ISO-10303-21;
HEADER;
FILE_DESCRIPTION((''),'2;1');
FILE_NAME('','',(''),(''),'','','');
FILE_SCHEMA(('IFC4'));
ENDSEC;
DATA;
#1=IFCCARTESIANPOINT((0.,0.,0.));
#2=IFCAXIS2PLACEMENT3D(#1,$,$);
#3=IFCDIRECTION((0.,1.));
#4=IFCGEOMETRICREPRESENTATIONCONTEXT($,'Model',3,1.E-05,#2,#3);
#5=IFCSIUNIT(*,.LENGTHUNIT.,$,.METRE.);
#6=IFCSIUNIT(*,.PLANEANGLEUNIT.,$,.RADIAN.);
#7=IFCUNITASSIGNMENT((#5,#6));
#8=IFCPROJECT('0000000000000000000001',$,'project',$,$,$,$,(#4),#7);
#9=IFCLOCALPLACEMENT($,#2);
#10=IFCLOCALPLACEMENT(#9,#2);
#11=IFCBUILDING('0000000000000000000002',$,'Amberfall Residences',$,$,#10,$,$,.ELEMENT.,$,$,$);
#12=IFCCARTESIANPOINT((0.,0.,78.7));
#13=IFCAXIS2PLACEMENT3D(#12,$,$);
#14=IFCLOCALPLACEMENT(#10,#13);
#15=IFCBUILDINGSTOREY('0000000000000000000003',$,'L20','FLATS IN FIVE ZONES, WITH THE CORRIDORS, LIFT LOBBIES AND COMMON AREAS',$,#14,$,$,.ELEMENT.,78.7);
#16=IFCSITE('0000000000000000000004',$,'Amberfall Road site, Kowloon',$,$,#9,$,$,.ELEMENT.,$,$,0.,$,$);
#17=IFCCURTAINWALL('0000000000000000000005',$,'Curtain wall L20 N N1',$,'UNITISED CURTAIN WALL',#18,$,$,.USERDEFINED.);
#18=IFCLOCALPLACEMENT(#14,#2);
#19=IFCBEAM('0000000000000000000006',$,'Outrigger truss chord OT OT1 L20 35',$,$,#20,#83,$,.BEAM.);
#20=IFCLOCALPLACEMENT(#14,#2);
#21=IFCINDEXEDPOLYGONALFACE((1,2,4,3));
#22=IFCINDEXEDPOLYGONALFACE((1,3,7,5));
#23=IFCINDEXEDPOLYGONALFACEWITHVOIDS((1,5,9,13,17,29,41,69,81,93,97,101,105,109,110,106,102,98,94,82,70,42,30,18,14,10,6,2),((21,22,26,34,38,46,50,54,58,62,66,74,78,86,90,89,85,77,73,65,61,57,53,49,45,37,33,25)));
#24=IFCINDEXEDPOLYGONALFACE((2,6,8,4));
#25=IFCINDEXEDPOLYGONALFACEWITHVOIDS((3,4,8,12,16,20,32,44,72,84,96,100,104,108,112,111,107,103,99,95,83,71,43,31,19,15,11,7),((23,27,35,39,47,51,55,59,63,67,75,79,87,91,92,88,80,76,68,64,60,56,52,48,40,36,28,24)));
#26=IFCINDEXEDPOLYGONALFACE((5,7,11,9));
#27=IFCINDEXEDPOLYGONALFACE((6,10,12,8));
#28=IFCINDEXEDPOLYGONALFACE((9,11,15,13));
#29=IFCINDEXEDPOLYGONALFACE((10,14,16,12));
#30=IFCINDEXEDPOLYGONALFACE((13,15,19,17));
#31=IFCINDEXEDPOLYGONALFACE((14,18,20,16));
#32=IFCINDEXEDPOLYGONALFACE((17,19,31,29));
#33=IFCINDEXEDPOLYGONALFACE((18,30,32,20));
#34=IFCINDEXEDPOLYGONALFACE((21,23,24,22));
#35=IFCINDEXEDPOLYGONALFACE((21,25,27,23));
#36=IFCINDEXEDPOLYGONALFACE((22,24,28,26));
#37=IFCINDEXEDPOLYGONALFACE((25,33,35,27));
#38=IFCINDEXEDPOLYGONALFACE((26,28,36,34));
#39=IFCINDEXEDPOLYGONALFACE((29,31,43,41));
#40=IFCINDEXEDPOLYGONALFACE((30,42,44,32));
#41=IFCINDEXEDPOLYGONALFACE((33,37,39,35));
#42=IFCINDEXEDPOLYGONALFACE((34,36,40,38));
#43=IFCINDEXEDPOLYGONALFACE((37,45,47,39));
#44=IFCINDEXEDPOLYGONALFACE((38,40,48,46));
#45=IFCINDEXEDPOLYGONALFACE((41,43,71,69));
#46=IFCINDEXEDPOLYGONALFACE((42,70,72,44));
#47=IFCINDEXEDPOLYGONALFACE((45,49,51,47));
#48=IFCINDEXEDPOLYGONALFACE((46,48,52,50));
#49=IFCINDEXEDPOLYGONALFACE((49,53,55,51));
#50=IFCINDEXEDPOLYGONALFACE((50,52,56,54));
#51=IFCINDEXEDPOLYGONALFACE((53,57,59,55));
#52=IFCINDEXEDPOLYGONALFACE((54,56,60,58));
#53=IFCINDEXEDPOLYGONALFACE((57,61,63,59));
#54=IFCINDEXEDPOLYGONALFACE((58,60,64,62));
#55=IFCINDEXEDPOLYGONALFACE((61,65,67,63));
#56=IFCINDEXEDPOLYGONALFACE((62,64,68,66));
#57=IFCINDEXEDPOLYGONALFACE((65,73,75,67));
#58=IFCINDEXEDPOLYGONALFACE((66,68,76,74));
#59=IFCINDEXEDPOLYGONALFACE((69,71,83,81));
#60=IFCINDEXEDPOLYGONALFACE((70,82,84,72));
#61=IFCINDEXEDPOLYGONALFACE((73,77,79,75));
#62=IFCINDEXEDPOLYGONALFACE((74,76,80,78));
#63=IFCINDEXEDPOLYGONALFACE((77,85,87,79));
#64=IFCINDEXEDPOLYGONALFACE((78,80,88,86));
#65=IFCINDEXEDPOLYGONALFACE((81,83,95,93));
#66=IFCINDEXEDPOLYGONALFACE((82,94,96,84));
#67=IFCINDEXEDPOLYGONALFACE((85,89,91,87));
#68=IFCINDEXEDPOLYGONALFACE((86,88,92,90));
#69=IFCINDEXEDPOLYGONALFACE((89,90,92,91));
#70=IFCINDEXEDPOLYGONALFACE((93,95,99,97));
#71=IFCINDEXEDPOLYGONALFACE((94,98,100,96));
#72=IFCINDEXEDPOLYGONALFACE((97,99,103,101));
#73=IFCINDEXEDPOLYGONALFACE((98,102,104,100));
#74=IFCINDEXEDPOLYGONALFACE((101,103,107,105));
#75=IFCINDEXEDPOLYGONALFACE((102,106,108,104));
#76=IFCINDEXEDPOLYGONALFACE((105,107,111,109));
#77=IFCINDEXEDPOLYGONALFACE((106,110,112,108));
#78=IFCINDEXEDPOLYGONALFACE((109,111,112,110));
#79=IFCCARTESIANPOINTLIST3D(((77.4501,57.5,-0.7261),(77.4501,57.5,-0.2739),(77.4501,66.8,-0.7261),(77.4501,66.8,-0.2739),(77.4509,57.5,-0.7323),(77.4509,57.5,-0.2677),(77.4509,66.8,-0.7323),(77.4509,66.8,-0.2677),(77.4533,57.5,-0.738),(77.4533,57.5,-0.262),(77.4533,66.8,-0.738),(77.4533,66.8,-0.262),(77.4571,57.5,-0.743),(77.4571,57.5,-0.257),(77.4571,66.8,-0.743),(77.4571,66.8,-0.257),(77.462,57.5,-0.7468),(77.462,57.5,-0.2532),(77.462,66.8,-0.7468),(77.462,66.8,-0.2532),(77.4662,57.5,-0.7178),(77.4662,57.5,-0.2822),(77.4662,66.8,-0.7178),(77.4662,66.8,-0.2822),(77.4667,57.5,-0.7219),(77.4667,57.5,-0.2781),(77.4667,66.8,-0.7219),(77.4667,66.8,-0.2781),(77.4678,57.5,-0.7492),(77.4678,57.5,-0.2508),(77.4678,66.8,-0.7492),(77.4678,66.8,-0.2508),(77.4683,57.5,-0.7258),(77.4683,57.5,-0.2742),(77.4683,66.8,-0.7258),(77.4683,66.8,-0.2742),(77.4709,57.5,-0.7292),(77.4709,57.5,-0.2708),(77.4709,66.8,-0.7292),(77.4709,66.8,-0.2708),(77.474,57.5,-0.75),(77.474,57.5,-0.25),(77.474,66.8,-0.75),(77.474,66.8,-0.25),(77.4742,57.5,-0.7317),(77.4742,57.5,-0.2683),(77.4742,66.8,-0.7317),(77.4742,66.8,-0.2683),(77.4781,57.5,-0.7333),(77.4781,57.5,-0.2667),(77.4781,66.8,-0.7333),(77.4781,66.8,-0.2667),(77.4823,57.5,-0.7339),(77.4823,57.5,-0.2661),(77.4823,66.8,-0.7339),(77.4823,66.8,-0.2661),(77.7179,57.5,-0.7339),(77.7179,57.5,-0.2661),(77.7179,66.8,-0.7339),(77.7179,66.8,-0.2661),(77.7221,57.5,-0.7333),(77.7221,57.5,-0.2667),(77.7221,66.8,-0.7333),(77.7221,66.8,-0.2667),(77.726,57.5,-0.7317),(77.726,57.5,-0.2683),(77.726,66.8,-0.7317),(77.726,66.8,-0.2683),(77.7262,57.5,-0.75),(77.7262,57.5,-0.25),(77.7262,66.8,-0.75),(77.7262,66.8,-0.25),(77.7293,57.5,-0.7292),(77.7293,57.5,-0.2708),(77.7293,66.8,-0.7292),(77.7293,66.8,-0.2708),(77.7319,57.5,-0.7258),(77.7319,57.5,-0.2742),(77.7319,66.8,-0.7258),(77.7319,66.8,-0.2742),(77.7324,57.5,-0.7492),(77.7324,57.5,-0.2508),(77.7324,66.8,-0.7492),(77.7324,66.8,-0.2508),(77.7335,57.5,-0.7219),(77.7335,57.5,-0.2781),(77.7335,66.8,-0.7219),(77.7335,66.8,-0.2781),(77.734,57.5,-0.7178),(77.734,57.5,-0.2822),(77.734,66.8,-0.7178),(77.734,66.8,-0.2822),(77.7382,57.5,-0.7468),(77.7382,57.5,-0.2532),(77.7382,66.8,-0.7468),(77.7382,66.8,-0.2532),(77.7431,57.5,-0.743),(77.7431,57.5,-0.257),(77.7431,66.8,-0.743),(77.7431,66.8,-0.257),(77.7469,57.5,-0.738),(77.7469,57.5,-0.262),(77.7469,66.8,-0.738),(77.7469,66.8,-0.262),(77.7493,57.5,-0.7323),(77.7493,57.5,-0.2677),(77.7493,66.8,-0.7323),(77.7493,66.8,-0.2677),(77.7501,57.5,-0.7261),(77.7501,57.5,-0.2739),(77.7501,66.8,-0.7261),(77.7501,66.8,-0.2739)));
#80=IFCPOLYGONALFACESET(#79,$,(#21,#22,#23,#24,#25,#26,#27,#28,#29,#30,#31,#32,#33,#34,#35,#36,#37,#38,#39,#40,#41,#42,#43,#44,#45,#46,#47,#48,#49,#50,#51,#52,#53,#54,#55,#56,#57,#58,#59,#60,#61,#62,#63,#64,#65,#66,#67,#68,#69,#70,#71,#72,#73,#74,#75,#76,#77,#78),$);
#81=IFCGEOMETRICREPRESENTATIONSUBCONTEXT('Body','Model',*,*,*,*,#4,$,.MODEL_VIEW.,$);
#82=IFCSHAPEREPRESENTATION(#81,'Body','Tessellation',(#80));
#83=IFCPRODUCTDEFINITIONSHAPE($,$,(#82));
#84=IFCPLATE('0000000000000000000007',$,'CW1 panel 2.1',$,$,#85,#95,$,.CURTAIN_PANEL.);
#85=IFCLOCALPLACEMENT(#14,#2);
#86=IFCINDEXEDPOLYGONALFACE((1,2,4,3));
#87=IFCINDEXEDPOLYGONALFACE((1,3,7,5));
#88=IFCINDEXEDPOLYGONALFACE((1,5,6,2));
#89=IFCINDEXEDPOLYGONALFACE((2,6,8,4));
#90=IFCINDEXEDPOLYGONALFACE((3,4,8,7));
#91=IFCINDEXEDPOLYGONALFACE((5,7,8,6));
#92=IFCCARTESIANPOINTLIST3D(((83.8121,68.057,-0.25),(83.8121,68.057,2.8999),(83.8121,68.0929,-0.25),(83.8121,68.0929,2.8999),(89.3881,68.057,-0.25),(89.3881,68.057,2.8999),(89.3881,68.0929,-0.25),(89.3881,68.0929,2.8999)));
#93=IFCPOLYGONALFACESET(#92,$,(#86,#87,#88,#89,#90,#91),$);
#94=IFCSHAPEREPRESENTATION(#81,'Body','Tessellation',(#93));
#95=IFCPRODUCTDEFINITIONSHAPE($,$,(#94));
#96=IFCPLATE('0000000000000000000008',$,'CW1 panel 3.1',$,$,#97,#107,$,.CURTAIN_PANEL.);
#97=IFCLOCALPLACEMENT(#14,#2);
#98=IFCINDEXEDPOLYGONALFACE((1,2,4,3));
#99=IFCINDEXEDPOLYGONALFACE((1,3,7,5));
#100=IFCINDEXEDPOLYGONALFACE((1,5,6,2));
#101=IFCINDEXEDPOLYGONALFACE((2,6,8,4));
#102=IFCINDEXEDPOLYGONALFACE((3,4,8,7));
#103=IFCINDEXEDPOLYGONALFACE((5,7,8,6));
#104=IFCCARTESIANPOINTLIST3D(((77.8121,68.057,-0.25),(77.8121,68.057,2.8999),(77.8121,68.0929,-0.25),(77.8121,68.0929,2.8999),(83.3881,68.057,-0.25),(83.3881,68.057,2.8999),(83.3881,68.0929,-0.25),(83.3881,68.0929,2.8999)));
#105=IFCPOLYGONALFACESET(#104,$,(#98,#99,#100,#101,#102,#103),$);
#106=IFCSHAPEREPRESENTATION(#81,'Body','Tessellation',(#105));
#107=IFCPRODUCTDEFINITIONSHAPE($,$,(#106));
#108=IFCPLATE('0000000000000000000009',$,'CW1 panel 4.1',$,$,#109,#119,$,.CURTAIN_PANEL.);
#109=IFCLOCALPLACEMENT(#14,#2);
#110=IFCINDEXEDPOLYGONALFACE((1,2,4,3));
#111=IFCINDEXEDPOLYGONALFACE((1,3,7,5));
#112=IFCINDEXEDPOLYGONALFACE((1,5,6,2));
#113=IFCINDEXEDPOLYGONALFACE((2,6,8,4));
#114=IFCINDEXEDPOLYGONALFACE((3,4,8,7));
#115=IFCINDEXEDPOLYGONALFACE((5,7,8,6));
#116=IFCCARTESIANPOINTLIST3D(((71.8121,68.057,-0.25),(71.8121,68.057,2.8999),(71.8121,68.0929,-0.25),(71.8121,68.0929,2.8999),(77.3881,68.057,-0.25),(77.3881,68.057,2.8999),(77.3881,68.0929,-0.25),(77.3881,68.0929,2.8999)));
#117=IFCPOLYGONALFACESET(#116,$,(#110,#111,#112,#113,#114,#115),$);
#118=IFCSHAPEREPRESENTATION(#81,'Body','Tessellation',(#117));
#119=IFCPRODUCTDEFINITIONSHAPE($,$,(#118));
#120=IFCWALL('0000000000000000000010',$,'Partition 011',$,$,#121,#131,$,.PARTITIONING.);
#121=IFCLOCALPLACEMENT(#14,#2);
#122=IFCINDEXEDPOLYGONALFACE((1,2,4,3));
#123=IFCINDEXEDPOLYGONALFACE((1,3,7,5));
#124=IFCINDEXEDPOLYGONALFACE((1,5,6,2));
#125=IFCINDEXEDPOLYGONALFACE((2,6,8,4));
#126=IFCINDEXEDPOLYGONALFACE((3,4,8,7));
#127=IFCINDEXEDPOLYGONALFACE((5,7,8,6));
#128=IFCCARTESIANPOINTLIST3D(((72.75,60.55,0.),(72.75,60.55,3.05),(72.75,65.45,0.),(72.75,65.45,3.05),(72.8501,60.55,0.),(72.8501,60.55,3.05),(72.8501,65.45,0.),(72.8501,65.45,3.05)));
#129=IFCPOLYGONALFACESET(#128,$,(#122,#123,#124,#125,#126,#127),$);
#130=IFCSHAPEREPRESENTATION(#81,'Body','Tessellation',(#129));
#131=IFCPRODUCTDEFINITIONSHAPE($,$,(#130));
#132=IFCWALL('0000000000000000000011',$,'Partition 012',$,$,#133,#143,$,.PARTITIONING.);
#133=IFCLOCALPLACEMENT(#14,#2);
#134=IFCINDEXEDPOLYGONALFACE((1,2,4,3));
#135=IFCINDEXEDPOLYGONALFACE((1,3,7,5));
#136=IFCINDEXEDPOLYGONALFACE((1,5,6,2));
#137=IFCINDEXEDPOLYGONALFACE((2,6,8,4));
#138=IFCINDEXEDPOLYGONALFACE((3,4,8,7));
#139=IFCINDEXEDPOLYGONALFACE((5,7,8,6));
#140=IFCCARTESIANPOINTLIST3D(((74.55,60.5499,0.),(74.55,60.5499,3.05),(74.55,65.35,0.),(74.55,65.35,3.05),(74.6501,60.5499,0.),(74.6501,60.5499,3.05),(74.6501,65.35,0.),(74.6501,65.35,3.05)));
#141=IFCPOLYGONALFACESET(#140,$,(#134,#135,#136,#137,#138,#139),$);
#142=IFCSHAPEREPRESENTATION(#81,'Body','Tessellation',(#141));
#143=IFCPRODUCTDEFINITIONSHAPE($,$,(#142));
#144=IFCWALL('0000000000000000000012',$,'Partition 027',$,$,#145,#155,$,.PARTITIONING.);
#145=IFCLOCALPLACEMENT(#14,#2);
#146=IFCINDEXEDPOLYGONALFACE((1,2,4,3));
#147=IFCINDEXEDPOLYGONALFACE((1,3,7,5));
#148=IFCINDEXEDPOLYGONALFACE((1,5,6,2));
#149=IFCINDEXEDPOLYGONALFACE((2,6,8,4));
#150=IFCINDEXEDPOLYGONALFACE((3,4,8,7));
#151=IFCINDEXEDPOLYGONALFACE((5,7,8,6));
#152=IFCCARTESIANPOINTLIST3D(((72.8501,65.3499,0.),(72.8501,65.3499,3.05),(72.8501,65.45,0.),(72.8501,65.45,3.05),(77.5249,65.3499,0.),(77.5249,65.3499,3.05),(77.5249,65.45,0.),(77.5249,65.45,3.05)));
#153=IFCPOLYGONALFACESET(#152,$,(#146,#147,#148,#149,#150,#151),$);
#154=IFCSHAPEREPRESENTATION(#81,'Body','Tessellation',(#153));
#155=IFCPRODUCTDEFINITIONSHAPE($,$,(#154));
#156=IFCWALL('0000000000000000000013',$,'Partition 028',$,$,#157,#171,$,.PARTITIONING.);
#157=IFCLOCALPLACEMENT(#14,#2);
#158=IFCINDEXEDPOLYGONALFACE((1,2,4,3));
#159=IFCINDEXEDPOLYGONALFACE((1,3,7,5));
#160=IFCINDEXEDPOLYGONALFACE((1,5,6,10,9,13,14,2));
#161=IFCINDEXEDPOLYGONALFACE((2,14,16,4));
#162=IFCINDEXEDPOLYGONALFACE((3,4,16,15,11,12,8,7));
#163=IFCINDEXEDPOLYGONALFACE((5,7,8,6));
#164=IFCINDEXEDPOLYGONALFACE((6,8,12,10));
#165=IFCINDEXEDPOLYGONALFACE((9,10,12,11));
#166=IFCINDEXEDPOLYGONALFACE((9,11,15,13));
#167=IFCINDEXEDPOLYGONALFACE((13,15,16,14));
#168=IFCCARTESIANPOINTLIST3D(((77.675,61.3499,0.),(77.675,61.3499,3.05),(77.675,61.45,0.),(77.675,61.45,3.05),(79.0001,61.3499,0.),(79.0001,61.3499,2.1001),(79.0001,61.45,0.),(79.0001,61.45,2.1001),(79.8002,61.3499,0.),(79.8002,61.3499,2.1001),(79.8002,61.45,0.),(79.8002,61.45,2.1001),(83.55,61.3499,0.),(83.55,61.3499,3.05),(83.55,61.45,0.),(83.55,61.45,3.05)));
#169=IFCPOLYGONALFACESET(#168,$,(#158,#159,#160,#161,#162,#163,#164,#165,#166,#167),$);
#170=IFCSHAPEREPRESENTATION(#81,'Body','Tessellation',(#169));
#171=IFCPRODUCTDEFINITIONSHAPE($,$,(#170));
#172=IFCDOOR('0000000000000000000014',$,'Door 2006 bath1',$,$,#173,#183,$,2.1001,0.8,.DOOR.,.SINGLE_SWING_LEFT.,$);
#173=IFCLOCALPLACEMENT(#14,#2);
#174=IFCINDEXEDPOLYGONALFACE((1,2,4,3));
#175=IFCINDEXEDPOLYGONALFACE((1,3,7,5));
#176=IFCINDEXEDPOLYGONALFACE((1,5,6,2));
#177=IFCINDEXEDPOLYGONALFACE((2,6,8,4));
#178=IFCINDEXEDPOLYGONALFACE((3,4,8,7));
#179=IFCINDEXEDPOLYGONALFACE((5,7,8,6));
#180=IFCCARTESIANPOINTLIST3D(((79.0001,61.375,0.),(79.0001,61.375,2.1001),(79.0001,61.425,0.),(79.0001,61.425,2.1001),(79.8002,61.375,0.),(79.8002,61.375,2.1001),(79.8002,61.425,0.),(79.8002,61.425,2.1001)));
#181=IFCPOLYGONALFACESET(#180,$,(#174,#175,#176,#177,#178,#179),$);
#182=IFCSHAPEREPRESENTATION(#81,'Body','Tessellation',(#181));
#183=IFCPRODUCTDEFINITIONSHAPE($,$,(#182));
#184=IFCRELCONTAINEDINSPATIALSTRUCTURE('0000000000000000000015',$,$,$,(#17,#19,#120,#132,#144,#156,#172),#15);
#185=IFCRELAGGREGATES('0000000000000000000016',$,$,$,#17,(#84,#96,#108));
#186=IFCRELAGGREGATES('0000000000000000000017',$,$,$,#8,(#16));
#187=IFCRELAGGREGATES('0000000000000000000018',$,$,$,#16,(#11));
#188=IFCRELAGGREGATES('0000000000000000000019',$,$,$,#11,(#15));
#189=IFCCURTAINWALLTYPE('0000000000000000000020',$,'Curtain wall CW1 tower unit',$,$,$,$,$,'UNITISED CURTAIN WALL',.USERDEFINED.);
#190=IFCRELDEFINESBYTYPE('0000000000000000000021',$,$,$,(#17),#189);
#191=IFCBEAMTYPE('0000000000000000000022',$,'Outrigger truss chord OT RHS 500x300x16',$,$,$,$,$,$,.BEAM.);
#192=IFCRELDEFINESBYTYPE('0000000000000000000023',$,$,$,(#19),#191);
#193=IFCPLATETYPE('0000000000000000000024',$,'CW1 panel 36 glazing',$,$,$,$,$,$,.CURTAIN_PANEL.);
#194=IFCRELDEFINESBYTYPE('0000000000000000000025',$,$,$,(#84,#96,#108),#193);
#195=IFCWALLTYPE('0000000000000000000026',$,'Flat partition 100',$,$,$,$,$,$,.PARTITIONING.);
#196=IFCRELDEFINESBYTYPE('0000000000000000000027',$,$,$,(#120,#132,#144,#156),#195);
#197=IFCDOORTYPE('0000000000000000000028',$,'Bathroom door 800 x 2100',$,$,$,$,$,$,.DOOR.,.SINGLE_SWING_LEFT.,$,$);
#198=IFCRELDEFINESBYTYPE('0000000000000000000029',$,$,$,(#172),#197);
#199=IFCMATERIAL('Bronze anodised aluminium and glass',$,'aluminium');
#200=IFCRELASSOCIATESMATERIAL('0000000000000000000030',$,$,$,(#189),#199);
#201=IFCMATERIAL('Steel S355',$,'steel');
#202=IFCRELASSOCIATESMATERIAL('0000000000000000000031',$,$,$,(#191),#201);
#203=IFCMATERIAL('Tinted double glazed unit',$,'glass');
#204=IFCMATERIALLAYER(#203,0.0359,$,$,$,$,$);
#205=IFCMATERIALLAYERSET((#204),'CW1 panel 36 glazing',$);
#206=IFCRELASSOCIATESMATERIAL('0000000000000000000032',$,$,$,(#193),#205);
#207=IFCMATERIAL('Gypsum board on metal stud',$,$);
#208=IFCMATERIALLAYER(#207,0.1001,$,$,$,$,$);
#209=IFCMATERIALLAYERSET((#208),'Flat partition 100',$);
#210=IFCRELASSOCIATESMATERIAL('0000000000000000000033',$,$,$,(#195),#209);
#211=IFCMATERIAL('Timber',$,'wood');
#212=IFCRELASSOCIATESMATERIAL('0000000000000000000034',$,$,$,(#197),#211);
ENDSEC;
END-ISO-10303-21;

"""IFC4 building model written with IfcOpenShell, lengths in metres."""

from ifc_helpers import new_model, si_unit, direction, frame, frame_2d, origin, origin_2d, place, context, subcontext, project, spatial, rectangle, hollow_rectangle, extrude, material, layer, layer_set, material_profile, profile_set, type_object, element, fill, aggregate, save


model = new_model("IFC4")

# Units and contexts
model_context = context("Model", 3, precision=1e-05, world=origin(), true_north=direction((0.0, 1.0)))
body_context = subcontext(model_context, "Body", "Model", "MODEL_VIEW")
ifc_project = project(units=[si_unit("LENGTHUNIT", "METRE"), si_unit("PLANEANGLEUNIT", "RADIAN")], contexts=[model_context])

# Site, building, storey
site_placement = place(None, origin())
site = spatial("IfcSite", under=ifc_project, at=site_placement, Name="Amberfall Road site, Kowloon", CompositionType="ELEMENT", RefElevation=0.0)
building_placement = place(site_placement, origin())
building = spatial("IfcBuilding", under=site, at=building_placement, Name="Amberfall Residences", CompositionType="ELEMENT")
storey_placement = place(building_placement, frame((0.0, 0.0, 78.7)))
storey = spatial("IfcBuildingStorey", under=building, at=storey_placement, Name="L20", Description="FLATS IN FIVE ZONES, WITH THE CORRIDORS, LIFT LOBBIES AND COMMON AREAS", CompositionType="ELEMENT", Elevation=78.7)

# Shared definitions
ifc_material_1 = material(Name="Steel S355", Category="steel")

# Curtain wall
ifc_material_2 = material(Name="Bronze anodised aluminium and glass", Category="aluminium")
curtain_wall_type = type_object("IfcCurtainWallType", Name="Curtain wall CW1 tower unit", ElementType="UNITISED CURTAIN WALL", PredefinedType="USERDEFINED", material=ifc_material_2)
curtain_wall_placement = place(storey_placement, origin())
curtain_wall = element("IfcCurtainWall", 1, at=curtain_wall_placement, inside=storey, type_object=curtain_wall_type, Name="Curtain wall L20 N N1", ObjectType="UNITISED CURTAIN WALL", PredefinedType="USERDEFINED")

# Beam
ifc_material_profile_1 = material_profile(ifc_material_1, hollow_rectangle(XDim=0.3, YDim=0.5, WallThickness=0.0161, InnerFilletRadius=0.0161, OuterFilletRadius=0.0239, at=origin_2d()), Name="RHS 500x300x16")
ifc_profile_set_1 = profile_set([ifc_material_profile_1], Name="Steel S355")
beam_type_1 = type_object("IfcBeamType", Name="Outrigger truss chord OT RHS 500x300x16", PredefinedType="BEAM", material=ifc_profile_set_1)
beam_1_placement = place(storey_placement, frame((77.6001, 66.8, -0.5), z_axis=(0.0, -1.0, 0.0), x_axis=(1.0, 0.0, 0.0)))
element("IfcBeam", 2, at=beam_1_placement, inside=storey, type_object=beam_type_1, Name="Outrigger truss chord OT OT1 L20 35", PredefinedType="BEAM", context=body_context, shape_type="SweptSolid", body=[
    extrude(hollow_rectangle(XDim=0.3, YDim=0.5, WallThickness=0.0161, InnerFilletRadius=0.0161, OuterFilletRadius=0.0239, at=origin_2d()), origin(), (0.0, 0.0, 1.0), 9.3),
])

# Plates
ifc_material_3 = material(Name="Tinted double glazed unit", Category="glass")
ifc_layer_1 = layer(ifc_material_3, 0.0359)
ifc_layer_set_1 = layer_set([ifc_layer_1], Name="CW1 panel 36 glazing")
plate_type = type_object("IfcPlateType", Name="CW1 panel 36 glazing", PredefinedType="CURTAIN_PANEL", material=ifc_layer_set_1)
plate_1_placement = place(storey_placement, frame((86.6001, 68.075, -0.25), z_axis=(0.0, 0.0, 1.0), x_axis=(-1.0, 0.0, 0.0)))
plate_1 = element("IfcPlate", 3, at=plate_1_placement, type_object=plate_type, Name="CW1 panel 2.1", PredefinedType="CURTAIN_PANEL", context=body_context, shape_type="SweptSolid", body=[
    extrude(rectangle(XDim=5.5759, YDim=0.0359, at=origin_2d()), origin(), (0.0, 0.0, 1.0), 3.1499),
])
plate_2_placement = place(storey_placement, frame((80.6001, 68.075, -0.25), z_axis=(0.0, 0.0, 1.0), x_axis=(-1.0, 0.0, 0.0)))
plate_2 = element("IfcPlate", 4, at=plate_2_placement, type_object=plate_type, Name="CW1 panel 3.1", PredefinedType="CURTAIN_PANEL", context=body_context, shape_type="SweptSolid", body=[
    extrude(rectangle(XDim=5.5759, YDim=0.0359, at=origin_2d()), origin(), (0.0, 0.0, 1.0), 3.1499),
])
plate_3_placement = place(storey_placement, frame((74.6001, 68.075, -0.25), z_axis=(0.0, 0.0, 1.0), x_axis=(-1.0, 0.0, 0.0)))
plate_3 = element("IfcPlate", 5, at=plate_3_placement, type_object=plate_type, Name="CW1 panel 4.1", PredefinedType="CURTAIN_PANEL", context=body_context, shape_type="SweptSolid", body=[
    extrude(rectangle(XDim=5.5759, YDim=0.0359, at=origin_2d()), origin(), (0.0, 0.0, 1.0), 3.1499),
])
aggregate(curtain_wall, [plate_1, plate_2, plate_3])

# Walls
ifc_material_4 = material(Name="Gypsum board on metal stud")
ifc_layer_2 = layer(ifc_material_4, 0.1001)
ifc_layer_set_2 = layer_set([ifc_layer_2], Name="Flat partition 100")
wall_type_1 = type_object("IfcWallType", Name="Flat partition 100", PredefinedType="PARTITIONING", material=ifc_layer_set_2)
wall_1_placement = place(storey_placement, frame((72.8, 60.55, 0.0), z_axis=(0.0, 0.0, 1.0), x_axis=(0.0, 1.0, 0.0)))
element("IfcWall", 6, at=wall_1_placement, inside=storey, type_object=wall_type_1, Name="Partition 011", PredefinedType="PARTITIONING", context=body_context, shape_type="SweptSolid", body=[
    extrude(rectangle(XDim=4.8999, YDim=0.1001, at=frame_2d((2.45, 0.0))), origin(), (0.0, 0.0, 1.0), 3.05),
])
wall_2_placement = place(storey_placement, frame((74.6001, 60.55, 0.0), z_axis=(0.0, 0.0, 1.0), x_axis=(0.0, 1.0, 0.0)))
element("IfcWall", 7, at=wall_2_placement, inside=storey, type_object=wall_type_1, Name="Partition 012", PredefinedType="PARTITIONING", context=body_context, shape_type="SweptSolid", body=[
    extrude(rectangle(XDim=4.8, YDim=0.1001, at=frame_2d((2.3999, 0.0))), origin(), (0.0, 0.0, 1.0), 3.05),
])
wall_3_placement = place(storey_placement, frame((72.8501, 65.3999, 0.0), z_axis=(0.0, 0.0, 1.0), x_axis=(1.0, 0.0, 0.0)))
element("IfcWall", 8, at=wall_3_placement, inside=storey, type_object=wall_type_1, Name="Partition 027", PredefinedType="PARTITIONING", context=body_context, shape_type="SweptSolid", body=[
    extrude(rectangle(XDim=4.6748, YDim=0.1001, at=frame_2d((2.3374, 0.0))), origin(), (0.0, 0.0, 1.0), 3.05),
])

# Wall, opening, door
wall_4_placement = place(storey_placement, frame((83.55, 61.3999, 0.0), z_axis=(0.0, 0.0, 1.0), x_axis=(-1.0, 0.0, 0.0)))
wall_4 = element("IfcWall", 9, at=wall_4_placement, inside=storey, type_object=wall_type_1, Name="Partition 028", PredefinedType="PARTITIONING", context=body_context, shape_type="SweptSolid", body=[
    extrude(rectangle(XDim=5.875, YDim=0.1001, at=frame_2d((2.9375, 0.0))), origin(), (0.0, 0.0, 1.0), 3.05),
])
opening_1_placement = place(wall_4_placement, frame((3.75, 0.0, 0.0)))
opening_1 = element("IfcOpeningElement", 10, at=opening_1_placement, cuts=wall_4, PredefinedType="OPENING", context=body_context, shape_type="SweptSolid", body=[
    extrude(rectangle(XDim=0.8, YDim=2.1001, at=frame_2d((0.3999, 1.05))), frame((0.0, 0.0601, 0.0), z_axis=(0.0, -1.0, 0.0), x_axis=(1.0, 0.0, 0.0)), (0.0, 0.0, 1.0), 0.1201),
])
ifc_material_5 = material(Name="Timber", Category="wood")
door_type_1 = type_object("IfcDoorType", Name="Bathroom door 800 x 2100", OperationType="SINGLE_SWING_LEFT", PredefinedType="DOOR", material=ifc_material_5)
door_1_placement = place(opening_1_placement, origin())
door_1 = element("IfcDoor", 11, at=door_1_placement, inside=storey, type_object=door_type_1, Name="Door 2006 bath1", OperationType="SINGLE_SWING_LEFT", OverallHeight=2.1001, OverallWidth=0.8, PredefinedType="DOOR", context=body_context, shape_type="SweptSolid", body=[
    extrude(rectangle(XDim=0.8, YDim=2.1001, at=frame_2d((0.3999, 1.05))), frame((0.0, 0.0249, 0.0), z_axis=(0.0, -1.0, 0.0), x_axis=(1.0, 0.0, 0.0)), (0.0, 0.0, 1.0), 0.05),
])
fill(opening_1, door_1)

save(model, "model.ifc")
